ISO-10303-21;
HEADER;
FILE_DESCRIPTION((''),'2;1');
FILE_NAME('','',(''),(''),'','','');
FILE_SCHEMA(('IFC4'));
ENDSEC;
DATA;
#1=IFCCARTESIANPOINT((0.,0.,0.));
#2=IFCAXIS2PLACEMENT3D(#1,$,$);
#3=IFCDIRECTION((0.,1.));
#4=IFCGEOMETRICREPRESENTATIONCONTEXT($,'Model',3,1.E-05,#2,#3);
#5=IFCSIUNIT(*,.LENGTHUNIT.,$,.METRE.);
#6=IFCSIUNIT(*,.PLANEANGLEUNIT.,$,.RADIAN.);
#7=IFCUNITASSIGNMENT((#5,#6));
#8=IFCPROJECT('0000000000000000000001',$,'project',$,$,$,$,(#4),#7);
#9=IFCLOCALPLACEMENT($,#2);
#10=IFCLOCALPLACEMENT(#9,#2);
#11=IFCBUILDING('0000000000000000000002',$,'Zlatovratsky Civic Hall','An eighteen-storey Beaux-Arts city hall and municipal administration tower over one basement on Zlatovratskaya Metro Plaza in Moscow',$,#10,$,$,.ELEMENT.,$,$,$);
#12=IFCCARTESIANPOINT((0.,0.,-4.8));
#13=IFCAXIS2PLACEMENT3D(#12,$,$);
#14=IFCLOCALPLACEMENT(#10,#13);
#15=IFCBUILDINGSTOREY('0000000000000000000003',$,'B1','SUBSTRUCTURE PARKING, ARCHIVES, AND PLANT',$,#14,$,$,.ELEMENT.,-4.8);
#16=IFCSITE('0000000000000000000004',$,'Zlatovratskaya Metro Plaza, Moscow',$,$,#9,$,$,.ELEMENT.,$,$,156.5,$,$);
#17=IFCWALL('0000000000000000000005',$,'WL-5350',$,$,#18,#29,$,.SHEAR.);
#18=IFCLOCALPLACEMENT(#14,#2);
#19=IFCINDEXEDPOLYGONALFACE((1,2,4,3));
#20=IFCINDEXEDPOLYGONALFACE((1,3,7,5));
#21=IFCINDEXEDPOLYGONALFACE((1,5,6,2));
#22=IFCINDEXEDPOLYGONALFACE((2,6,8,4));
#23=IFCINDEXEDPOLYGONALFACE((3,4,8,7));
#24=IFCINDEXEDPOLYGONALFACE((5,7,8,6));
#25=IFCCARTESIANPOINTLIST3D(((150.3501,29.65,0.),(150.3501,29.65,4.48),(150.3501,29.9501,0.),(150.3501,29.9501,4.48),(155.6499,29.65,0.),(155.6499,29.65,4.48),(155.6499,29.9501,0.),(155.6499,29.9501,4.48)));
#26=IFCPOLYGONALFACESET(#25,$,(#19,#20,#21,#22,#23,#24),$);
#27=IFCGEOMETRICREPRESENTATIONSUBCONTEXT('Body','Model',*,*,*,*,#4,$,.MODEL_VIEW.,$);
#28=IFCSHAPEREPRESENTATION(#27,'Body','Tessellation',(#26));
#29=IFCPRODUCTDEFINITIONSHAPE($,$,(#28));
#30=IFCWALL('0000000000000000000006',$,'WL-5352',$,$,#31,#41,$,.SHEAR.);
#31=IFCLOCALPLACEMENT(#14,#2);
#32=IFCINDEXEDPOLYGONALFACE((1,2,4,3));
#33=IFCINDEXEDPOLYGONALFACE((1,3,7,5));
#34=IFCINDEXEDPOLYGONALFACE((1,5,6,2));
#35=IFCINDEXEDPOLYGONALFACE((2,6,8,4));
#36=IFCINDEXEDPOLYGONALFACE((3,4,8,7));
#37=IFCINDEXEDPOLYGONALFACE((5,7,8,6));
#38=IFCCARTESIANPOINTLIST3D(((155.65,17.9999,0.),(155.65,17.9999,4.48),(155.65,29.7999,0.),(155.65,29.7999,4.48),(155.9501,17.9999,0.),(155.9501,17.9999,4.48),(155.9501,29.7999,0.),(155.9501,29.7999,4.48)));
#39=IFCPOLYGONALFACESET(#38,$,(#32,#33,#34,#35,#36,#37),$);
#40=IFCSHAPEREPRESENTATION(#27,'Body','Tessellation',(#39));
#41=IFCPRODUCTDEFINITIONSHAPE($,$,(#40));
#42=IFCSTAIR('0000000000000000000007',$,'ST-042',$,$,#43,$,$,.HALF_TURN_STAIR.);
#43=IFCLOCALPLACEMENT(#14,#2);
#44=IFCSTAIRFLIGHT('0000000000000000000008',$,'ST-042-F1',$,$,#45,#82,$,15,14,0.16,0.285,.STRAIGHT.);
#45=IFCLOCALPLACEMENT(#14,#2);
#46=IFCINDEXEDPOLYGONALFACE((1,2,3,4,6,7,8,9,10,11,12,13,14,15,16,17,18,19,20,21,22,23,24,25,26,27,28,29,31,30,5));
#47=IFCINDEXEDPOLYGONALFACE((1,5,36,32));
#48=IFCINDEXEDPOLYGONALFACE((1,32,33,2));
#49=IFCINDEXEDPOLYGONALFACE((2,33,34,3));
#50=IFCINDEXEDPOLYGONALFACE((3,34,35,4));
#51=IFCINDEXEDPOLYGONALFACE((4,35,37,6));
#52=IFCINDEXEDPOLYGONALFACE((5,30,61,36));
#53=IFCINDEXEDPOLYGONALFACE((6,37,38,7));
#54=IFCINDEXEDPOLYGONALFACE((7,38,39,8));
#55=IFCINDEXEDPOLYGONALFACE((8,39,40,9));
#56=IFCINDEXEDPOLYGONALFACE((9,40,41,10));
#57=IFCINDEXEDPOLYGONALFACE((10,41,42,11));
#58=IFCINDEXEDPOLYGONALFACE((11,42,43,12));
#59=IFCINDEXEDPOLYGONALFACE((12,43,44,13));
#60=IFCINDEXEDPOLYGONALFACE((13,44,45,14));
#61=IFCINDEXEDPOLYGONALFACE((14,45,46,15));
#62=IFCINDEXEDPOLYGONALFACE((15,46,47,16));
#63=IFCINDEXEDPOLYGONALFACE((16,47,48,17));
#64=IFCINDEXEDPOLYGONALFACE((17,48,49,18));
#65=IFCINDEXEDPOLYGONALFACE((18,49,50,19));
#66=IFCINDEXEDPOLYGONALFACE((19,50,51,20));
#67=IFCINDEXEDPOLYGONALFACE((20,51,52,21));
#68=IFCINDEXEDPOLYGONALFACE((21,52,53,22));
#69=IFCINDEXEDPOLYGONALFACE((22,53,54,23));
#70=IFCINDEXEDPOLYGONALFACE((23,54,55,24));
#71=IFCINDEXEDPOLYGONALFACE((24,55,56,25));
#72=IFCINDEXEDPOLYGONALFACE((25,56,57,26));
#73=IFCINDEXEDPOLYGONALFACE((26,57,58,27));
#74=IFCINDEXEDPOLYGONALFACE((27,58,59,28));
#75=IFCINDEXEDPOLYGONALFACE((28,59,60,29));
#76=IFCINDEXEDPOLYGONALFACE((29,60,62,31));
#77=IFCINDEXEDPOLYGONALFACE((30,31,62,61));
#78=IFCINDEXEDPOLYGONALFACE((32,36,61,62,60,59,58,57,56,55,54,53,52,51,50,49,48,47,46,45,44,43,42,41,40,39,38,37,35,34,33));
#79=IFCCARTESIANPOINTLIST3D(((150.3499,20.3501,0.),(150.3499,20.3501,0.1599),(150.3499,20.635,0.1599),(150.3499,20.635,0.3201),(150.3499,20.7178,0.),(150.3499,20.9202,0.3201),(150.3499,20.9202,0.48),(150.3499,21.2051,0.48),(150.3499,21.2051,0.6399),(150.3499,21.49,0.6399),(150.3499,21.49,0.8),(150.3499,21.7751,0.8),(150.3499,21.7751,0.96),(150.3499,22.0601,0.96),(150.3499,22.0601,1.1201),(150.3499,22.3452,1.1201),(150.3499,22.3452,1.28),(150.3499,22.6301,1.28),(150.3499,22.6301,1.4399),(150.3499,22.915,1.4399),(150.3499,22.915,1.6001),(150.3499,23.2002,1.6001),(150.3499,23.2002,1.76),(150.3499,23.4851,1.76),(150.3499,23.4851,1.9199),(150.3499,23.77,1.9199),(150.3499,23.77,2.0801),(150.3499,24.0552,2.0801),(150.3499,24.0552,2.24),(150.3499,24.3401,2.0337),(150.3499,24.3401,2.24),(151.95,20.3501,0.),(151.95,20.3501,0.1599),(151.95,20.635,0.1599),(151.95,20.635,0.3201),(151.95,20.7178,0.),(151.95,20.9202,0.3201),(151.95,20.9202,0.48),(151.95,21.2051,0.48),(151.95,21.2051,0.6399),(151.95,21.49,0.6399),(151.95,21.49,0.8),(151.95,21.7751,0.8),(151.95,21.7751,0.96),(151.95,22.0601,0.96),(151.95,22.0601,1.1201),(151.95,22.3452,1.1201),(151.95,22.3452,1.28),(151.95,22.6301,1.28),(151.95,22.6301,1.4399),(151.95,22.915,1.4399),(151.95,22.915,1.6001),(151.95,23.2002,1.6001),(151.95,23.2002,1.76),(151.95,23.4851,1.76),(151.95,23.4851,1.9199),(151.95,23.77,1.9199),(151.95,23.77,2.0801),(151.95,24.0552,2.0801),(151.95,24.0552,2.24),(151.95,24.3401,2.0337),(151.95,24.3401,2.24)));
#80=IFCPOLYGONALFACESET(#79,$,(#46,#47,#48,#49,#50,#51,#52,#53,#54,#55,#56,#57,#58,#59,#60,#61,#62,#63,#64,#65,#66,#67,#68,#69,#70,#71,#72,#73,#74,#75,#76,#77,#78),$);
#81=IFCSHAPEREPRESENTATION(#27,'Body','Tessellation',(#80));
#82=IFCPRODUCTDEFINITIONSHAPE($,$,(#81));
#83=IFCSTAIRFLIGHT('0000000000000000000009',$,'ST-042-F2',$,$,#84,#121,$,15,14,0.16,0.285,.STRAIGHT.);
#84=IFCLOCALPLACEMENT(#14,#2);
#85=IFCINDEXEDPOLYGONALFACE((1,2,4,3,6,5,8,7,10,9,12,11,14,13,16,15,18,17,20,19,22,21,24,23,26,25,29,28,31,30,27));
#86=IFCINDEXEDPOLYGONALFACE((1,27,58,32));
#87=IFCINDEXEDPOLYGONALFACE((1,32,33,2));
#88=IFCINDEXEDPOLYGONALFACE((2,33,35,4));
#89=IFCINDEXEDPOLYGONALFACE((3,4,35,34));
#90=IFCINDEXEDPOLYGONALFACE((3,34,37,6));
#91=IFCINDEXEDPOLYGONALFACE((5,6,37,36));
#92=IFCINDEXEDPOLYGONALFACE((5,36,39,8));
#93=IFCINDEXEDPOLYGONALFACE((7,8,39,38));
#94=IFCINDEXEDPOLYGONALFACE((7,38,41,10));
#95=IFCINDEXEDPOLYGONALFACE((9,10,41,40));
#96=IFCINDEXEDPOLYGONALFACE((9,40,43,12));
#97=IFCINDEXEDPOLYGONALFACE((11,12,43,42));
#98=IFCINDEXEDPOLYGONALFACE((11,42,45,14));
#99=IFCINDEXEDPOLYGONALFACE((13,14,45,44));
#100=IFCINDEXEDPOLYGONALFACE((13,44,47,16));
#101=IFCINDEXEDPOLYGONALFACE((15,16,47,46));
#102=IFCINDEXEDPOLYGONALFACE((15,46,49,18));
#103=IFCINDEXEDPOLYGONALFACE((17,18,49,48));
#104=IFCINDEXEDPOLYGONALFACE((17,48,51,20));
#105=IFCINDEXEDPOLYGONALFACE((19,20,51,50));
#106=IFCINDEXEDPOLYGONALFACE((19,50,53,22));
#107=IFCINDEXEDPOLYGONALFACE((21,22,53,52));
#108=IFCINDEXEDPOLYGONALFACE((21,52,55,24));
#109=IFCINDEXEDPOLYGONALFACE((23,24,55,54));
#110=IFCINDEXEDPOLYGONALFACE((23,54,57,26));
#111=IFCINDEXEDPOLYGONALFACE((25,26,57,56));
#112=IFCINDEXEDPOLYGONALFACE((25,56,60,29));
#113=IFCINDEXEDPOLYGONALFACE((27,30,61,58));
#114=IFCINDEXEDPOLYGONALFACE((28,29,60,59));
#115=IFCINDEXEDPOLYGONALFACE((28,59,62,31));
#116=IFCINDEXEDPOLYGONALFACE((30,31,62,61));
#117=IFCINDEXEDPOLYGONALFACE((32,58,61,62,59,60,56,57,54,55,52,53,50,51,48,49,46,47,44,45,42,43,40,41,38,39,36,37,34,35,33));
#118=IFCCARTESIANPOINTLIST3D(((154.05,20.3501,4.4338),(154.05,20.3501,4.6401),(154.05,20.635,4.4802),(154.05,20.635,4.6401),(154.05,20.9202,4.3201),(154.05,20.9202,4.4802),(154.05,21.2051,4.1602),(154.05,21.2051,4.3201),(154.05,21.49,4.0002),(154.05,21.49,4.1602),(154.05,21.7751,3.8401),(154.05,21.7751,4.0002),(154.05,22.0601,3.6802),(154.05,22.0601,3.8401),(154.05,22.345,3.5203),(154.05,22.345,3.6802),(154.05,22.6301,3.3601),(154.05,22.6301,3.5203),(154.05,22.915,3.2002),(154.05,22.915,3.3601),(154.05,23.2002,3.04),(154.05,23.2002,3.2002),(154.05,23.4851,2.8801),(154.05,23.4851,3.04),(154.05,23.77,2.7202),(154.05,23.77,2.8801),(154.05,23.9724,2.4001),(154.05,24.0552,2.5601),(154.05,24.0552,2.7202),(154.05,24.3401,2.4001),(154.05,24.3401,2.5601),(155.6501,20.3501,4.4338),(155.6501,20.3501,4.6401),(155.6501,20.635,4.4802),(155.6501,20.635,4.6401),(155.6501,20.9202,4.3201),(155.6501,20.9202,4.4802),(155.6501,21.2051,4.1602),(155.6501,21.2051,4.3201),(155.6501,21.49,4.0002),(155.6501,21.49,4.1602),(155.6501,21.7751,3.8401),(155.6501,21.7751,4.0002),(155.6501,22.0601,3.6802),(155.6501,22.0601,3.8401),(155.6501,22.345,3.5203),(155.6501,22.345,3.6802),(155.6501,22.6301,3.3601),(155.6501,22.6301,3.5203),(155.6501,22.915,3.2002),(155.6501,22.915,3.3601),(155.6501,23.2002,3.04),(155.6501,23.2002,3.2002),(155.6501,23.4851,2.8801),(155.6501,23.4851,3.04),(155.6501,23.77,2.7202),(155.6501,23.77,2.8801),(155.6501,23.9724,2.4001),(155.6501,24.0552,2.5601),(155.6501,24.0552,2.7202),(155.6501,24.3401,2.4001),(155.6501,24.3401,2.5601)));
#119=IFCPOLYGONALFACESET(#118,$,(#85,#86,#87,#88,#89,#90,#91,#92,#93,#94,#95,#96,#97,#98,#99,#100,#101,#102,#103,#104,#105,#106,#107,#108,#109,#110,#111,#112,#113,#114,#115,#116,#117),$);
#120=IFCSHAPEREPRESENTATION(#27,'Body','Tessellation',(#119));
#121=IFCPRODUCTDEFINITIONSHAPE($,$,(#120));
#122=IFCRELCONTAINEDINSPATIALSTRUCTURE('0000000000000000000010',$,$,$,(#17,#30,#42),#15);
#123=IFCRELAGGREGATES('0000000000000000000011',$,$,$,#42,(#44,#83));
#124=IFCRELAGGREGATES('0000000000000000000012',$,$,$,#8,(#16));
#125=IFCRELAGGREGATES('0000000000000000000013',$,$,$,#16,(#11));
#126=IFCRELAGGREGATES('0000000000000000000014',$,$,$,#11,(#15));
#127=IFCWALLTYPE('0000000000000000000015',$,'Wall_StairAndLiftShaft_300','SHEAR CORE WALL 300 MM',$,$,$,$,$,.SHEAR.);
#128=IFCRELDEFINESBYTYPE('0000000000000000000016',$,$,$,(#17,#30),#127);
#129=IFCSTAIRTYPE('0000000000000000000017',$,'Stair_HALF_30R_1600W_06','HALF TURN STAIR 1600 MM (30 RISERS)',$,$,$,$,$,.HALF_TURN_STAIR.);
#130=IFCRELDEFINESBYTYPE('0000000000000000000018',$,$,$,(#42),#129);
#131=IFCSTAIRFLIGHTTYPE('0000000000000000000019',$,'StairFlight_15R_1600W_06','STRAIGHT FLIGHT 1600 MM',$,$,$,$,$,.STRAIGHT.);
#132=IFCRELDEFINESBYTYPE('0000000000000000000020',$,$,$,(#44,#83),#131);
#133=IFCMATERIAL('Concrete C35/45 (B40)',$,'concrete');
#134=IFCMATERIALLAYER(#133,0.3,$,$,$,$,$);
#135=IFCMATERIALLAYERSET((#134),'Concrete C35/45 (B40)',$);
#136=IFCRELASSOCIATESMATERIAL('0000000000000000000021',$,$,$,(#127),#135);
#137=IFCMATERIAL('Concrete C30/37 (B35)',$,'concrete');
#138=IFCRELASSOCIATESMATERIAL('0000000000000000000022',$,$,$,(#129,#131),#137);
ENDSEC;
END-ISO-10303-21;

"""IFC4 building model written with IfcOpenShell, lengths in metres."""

from ifc_helpers import new_model, si_unit, direction, frame, frame_2d, origin, place, context, subcontext, project, spatial, polyline, rectangle, outline, extrude, material, layer, layer_set, type_object, element, aggregate, save


model = new_model("IFC4")

# Units and contexts
model_context = context("Model", 3, precision=1e-05, world=origin(), true_north=direction((0.0, 1.0)))
body_context = subcontext(model_context, "Body", "Model", "MODEL_VIEW")
ifc_project = project(units=[si_unit("LENGTHUNIT", "METRE"), si_unit("PLANEANGLEUNIT", "RADIAN")], contexts=[model_context])

# Site, building, storey
site_placement = place(None, origin())
site = spatial("IfcSite", under=ifc_project, at=site_placement, Name="Zlatovratskaya Metro Plaza, Moscow", CompositionType="ELEMENT", RefElevation=156.5)
building_placement = place(site_placement, origin())
building = spatial("IfcBuilding", under=site, at=building_placement, Name="Zlatovratsky Civic Hall", Description="An eighteen-storey Beaux-Arts city hall and municipal administration tower over one basement on Zlatovratskaya Metro Plaza in Moscow", CompositionType="ELEMENT")
storey_placement = place(building_placement, frame((0.0, 0.0, -4.8)))
storey = spatial("IfcBuildingStorey", under=building, at=storey_placement, Name="B1", Description="SUBSTRUCTURE PARKING, ARCHIVES, AND PLANT", CompositionType="ELEMENT", Elevation=-4.8)

# Shared definitions
ifc_material_1 = material(Name="Concrete C35/45 (B40)", Category="concrete")

# Walls
ifc_layer_1 = layer(ifc_material_1, 0.3)
ifc_layer_set_1 = layer_set([ifc_layer_1], Name="Concrete C35/45 (B40)")
wall_type_1 = type_object("IfcWallType", Name="Wall_StairAndLiftShaft_300", Description="SHEAR CORE WALL 300 MM", PredefinedType="SHEAR", material=ifc_layer_set_1)
wall_1_placement = place(storey_placement, frame((150.3501, 29.8, 0.0), z_axis=(0.0, 0.0, 1.0), x_axis=(1.0, 0.0, 0.0)))
element("IfcWall", 1, at=wall_1_placement, inside=storey, type_object=wall_type_1, Name="WL-5350", PredefinedType="SHEAR", context=body_context, shape_type="SweptSolid", body=[
    extrude(rectangle(XDim=5.2998, YDim=0.3, at=frame_2d((2.6499, 0.0))), origin(), (0.0, 0.0, 1.0), 4.48),
])
wall_2_placement = place(storey_placement, frame((155.8, 18.0, 0.0), z_axis=(0.0, 0.0, 1.0), x_axis=(0.0, 1.0, 0.0)))
element("IfcWall", 2, at=wall_2_placement, inside=storey, type_object=wall_type_1, Name="WL-5352", PredefinedType="SHEAR", context=body_context, shape_type="SweptSolid", body=[
    extrude(rectangle(XDim=11.8, YDim=0.3, at=frame_2d((5.8999, 0.0))), origin(), (0.0, 0.0, 1.0), 4.48),
])

# Stair, stair flights
ifc_material_2 = material(Name="Concrete C30/37 (B35)", Category="concrete")
stair_type = type_object("IfcStairType", Name="Stair_HALF_30R_1600W_06", Description="HALF TURN STAIR 1600 MM (30 RISERS)", PredefinedType="HALF_TURN_STAIR", material=ifc_material_2)
stair_placement = place(storey_placement, origin())
stair = element("IfcStair", 3, at=stair_placement, inside=storey, type_object=stair_type, Name="ST-042", PredefinedType="HALF_TURN_STAIR")
stair_flight_type = type_object("IfcStairFlightType", Name="StairFlight_15R_1600W_06", Description="STRAIGHT FLIGHT 1600 MM", PredefinedType="STRAIGHT", material=ifc_material_2)
stair_flight_1_placement = place(storey_placement, frame((151.1499, 20.3501, 0.0), z_axis=(0.0, 0.0, 1.0), x_axis=(0.0, 1.0, 0.0)))
stair_flight_1 = element("IfcStairFlight", 4, at=stair_flight_1_placement, type_object=stair_flight_type, Name="ST-042-F1", NumberOfRisers=15, NumberOfTreads=14, PredefinedType="STRAIGHT", RiserHeight=0.16, TreadLength=0.285, context=body_context, shape_type="SweptSolid", body=[
    extrude(outline(polyline([(0.0, 0.0), (0.0, 0.1599), (0.2849, 0.1599), (0.2849, 0.3201), (0.5701, 0.3201), (0.5701, 0.48), (0.855, 0.48), (0.855, 0.6399), (1.1399, 0.6399), (1.1399, 0.8), (1.425, 0.8), (1.425, 0.96), (1.71, 0.96), (1.71, 1.1201), (1.9951, 1.1201), (1.9951, 1.28), (2.28, 1.28), (2.28, 1.4399), (2.5649, 1.4399), (2.5649, 1.6001), (2.8501, 1.6001), (2.8501, 1.76), (3.135, 1.76), (3.135, 1.9199), (3.4199, 1.9199), (3.4199, 2.0801), (3.7051, 2.0801), (3.7051, 2.24), (3.99, 2.24), (3.99, 2.3999), (3.99, 2.0337), (0.3677, 0.0), (0.0, 0.0)])), frame((0.0, 0.8, 0.0), z_axis=(0.0, -1.0, 0.0), x_axis=(1.0, 0.0, 0.0)), (0.0, 0.0, 1.0), 1.6001),
])
stair_flight_2_placement = place(storey_placement, frame((154.8501, 24.3401, 2.4001), z_axis=(0.0, 0.0, 1.0), x_axis=(0.0, -1.0, 0.0)))
stair_flight_2 = element("IfcStairFlight", 5, at=stair_flight_2_placement, type_object=stair_flight_type, Name="ST-042-F2", NumberOfRisers=15, NumberOfTreads=14, PredefinedType="STRAIGHT", RiserHeight=0.16, TreadLength=0.285, context=body_context, shape_type="SweptSolid", body=[
    extrude(outline(polyline([(0.0, 0.0), (0.0, 0.1599), (0.2849, 0.1599), (0.2849, 0.3201), (0.5701, 0.3201), (0.5701, 0.48), (0.855, 0.48), (0.855, 0.6399), (1.1399, 0.6399), (1.1399, 0.8), (1.425, 0.8), (1.425, 0.96), (1.71, 0.96), (1.71, 1.1201), (1.9951, 1.1201), (1.9951, 1.28), (2.28, 1.28), (2.28, 1.4399), (2.5649, 1.4399), (2.5649, 1.6001), (2.8501, 1.6001), (2.8501, 1.76), (3.135, 1.76), (3.135, 1.9199), (3.4199, 1.9199), (3.4199, 2.0801), (3.7051, 2.0801), (3.7051, 2.24), (3.99, 2.24), (3.99, 2.3999), (3.99, 2.0337), (0.3677, 0.0), (0.0, 0.0)])), frame((0.0, 0.8, 0.0), z_axis=(0.0, -1.0, 0.0), x_axis=(1.0, 0.0, 0.0)), (0.0, 0.0, 1.0), 1.6001),
])
aggregate(stair, [stair_flight_1, stair_flight_2])

save(model, "model.ifc")
